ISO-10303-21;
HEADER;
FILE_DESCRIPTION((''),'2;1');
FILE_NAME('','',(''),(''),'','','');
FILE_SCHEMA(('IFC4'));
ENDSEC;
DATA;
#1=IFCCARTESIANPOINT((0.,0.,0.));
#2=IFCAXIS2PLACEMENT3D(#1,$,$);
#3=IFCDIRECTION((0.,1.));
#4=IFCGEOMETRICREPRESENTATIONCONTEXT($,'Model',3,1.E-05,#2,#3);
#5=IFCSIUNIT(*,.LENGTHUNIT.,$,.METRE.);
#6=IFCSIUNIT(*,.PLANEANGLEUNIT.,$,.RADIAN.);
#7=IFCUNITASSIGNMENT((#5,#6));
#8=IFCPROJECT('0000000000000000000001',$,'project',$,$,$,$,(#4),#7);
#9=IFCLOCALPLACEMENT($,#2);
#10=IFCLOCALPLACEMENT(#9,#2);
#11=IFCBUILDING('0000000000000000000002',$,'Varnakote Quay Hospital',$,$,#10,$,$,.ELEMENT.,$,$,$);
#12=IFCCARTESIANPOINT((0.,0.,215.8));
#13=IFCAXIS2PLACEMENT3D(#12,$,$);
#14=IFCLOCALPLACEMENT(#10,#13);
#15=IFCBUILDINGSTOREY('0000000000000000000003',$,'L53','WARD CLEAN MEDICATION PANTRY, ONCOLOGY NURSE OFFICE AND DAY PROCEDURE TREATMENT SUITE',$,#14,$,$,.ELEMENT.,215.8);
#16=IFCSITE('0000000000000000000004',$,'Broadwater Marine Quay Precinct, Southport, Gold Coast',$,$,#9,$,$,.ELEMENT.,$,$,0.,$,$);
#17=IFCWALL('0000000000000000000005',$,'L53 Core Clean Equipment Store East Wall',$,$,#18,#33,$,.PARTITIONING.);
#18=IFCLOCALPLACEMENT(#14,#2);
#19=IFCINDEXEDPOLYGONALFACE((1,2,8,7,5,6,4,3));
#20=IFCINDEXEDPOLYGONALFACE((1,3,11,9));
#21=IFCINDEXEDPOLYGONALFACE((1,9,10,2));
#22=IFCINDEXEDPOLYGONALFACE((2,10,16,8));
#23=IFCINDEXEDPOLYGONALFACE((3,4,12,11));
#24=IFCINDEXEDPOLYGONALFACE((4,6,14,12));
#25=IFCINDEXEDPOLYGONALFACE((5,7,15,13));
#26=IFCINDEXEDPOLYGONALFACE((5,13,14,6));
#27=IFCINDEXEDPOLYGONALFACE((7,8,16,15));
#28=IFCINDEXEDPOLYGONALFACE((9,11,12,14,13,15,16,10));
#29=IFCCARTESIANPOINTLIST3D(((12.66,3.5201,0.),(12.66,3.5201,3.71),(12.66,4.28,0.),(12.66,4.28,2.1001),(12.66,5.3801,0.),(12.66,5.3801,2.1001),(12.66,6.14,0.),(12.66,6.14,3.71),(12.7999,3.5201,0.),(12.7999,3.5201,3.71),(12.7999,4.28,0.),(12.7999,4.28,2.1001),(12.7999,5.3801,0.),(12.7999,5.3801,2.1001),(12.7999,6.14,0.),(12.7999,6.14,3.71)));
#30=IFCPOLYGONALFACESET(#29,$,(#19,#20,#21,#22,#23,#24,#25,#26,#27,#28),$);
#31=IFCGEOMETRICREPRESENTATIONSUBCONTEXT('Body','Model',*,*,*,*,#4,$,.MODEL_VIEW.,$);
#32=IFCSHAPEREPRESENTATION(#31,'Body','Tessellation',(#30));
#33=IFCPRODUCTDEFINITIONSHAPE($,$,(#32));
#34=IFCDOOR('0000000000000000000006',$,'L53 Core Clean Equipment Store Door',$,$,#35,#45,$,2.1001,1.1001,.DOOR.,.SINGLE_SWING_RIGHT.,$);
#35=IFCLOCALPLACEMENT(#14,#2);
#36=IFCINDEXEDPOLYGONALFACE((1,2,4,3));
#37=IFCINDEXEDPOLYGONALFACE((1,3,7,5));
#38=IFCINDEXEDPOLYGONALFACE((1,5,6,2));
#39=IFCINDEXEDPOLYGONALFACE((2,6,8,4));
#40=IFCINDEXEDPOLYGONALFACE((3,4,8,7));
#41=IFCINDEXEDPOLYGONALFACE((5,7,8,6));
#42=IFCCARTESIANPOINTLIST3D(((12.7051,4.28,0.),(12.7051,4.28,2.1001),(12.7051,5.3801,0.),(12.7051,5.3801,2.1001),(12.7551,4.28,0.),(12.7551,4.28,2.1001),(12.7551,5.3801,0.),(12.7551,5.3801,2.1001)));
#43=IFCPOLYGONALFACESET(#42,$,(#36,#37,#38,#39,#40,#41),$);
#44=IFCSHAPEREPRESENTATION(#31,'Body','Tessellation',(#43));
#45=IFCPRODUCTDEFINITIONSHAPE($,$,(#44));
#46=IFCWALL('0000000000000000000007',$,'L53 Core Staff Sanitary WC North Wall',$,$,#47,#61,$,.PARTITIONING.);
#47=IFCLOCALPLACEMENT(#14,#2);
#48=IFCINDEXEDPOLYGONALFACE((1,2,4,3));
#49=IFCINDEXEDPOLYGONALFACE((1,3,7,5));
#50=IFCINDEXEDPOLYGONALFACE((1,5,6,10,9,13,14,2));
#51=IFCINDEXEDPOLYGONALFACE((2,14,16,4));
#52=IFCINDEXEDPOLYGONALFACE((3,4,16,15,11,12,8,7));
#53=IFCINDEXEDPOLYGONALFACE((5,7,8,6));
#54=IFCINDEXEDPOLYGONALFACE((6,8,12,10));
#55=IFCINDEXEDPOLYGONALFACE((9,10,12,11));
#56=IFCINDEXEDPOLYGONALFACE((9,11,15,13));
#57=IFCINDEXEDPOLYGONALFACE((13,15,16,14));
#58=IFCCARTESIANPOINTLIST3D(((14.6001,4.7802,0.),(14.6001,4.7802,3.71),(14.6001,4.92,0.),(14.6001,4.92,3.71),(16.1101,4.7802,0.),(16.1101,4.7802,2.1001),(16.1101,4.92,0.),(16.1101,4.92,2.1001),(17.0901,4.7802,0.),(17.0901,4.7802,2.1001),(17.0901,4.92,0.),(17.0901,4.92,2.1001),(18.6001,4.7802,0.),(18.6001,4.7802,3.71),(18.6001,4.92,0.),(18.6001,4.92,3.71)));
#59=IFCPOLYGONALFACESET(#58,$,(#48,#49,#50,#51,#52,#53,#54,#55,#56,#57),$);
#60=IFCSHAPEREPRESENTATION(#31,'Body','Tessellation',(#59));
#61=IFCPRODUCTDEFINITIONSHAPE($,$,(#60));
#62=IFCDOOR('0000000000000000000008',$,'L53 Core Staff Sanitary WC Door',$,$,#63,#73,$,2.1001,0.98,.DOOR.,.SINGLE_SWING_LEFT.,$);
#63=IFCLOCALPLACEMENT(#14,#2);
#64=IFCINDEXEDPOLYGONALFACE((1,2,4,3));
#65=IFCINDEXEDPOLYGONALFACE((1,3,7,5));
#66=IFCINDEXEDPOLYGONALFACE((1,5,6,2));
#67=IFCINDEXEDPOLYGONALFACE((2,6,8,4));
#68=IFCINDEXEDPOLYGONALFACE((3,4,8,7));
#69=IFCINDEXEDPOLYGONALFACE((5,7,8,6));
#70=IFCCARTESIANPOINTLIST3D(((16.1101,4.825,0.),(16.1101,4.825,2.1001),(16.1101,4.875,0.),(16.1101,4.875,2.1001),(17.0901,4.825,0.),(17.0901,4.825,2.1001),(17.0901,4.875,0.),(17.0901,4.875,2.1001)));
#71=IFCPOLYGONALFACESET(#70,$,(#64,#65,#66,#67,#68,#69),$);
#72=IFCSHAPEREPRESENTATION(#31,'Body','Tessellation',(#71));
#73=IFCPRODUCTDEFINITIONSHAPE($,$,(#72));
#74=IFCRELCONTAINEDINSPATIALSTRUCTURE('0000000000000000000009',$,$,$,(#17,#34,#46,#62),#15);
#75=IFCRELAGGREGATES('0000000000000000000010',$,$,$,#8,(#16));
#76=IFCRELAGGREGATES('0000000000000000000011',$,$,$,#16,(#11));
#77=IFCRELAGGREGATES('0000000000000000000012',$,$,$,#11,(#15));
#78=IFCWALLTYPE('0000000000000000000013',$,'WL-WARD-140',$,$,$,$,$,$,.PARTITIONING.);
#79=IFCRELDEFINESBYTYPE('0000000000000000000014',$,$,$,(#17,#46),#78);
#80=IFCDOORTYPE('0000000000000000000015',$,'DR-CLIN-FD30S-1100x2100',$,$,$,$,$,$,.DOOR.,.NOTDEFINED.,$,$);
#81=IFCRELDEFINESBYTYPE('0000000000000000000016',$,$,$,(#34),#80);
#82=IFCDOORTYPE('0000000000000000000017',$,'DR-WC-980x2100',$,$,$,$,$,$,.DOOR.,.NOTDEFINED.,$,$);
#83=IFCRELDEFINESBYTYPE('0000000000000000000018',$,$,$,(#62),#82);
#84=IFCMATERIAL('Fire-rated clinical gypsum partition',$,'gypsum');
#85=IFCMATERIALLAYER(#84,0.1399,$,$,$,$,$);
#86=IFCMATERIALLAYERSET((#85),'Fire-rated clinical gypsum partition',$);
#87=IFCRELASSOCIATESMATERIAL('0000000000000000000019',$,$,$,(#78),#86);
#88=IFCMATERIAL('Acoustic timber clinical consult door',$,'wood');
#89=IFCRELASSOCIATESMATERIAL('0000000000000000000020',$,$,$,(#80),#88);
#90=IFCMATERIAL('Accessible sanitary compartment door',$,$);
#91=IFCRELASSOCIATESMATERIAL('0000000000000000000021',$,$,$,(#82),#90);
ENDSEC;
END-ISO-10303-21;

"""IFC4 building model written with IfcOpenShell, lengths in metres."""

from ifc_helpers import new_model, si_unit, direction, frame, frame_2d, origin, place, context, subcontext, project, spatial, rectangle, extrude, material, layer, layer_set, type_object, element, fill, save


model = new_model("IFC4")

# Units and contexts
model_context = context("Model", 3, precision=1e-05, world=origin(), true_north=direction((0.0, 1.0)))
body_context = subcontext(model_context, "Body", "Model", "MODEL_VIEW")
ifc_project = project(units=[si_unit("LENGTHUNIT", "METRE"), si_unit("PLANEANGLEUNIT", "RADIAN")], contexts=[model_context])

# Site, building, storey
site_placement = place(None, origin())
site = spatial("IfcSite", under=ifc_project, at=site_placement, Name="Broadwater Marine Quay Precinct, Southport, Gold Coast", CompositionType="ELEMENT", RefElevation=0.0)
building_placement = place(site_placement, origin())
building = spatial("IfcBuilding", under=site, at=building_placement, Name="Varnakote Quay Hospital", CompositionType="ELEMENT")
storey_placement = place(building_placement, frame((0.0, 0.0, 215.8)))
storey = spatial("IfcBuildingStorey", under=building, at=storey_placement, Name="L53", Description="WARD CLEAN MEDICATION PANTRY, ONCOLOGY NURSE OFFICE AND DAY PROCEDURE TREATMENT SUITE", CompositionType="ELEMENT", Elevation=215.8)

# Walls, openings, doors
ifc_material_1 = material(Name="Fire-rated clinical gypsum partition", Category="gypsum")
ifc_layer_1 = layer(ifc_material_1, 0.1399)
ifc_layer_set_1 = layer_set([ifc_layer_1], Name="Fire-rated clinical gypsum partition")
wall_type_1 = type_object("IfcWallType", Name="WL-WARD-140", PredefinedType="PARTITIONING", material=ifc_layer_set_1)
wall_1_placement = place(storey_placement, frame((12.73, 3.52, 0.0), z_axis=(0.0, 0.0, 1.0), x_axis=(0.0, 1.0, 0.0)))
wall_1 = element("IfcWall", 1, at=wall_1_placement, inside=storey, type_object=wall_type_1, Name="L53 Core Clean Equipment Store East Wall", PredefinedType="PARTITIONING", context=body_context, shape_type="SweptSolid", body=[
    extrude(rectangle(XDim=2.6199, YDim=0.1399, at=frame_2d((1.3101, 0.0))), origin(), (0.0, 0.0, 1.0), 3.71),
])
opening_1_placement = place(wall_1_placement, frame((0.76, 0.0, 0.0)))
opening_1 = element("IfcOpeningElement", 2, at=opening_1_placement, cuts=wall_1, PredefinedType="OPENING", context=body_context, shape_type="SweptSolid", body=[
    extrude(rectangle(XDim=1.1001, YDim=2.1001, at=frame_2d((0.55, 1.05))), frame((0.0, 0.0798, 0.0), z_axis=(0.0, -1.0, 0.0), x_axis=(1.0, 0.0, 0.0)), (0.0, 0.0, 1.0), 0.1599),
])
ifc_material_2 = material(Name="Acoustic timber clinical consult door", Category="wood")
door_type_1 = type_object("IfcDoorType", Name="DR-CLIN-FD30S-1100x2100", OperationType="NOTDEFINED", PredefinedType="DOOR", material=ifc_material_2)
door_1_placement = place(opening_1_placement, origin())
door_1 = element("IfcDoor", 3, at=door_1_placement, inside=storey, type_object=door_type_1, Name="L53 Core Clean Equipment Store Door", OperationType="SINGLE_SWING_RIGHT", OverallHeight=2.1001, OverallWidth=1.1001, PredefinedType="DOOR", context=body_context, shape_type="SweptSolid", body=[
    extrude(rectangle(XDim=1.1001, YDim=2.1001, at=frame_2d((0.55, 1.05))), frame((0.0, 0.0249, 0.0), z_axis=(0.0, -1.0, 0.0), x_axis=(1.0, 0.0, 0.0)), (0.0, 0.0, 1.0), 0.05),
])
fill(opening_1, door_1)
wall_2_placement = place(storey_placement, frame((14.6001, 4.8501, 0.0), z_axis=(0.0, 0.0, 1.0), x_axis=(1.0, 0.0, 0.0)))
wall_2 = element("IfcWall", 4, at=wall_2_placement, inside=storey, type_object=wall_type_1, Name="L53 Core Staff Sanitary WC North Wall", PredefinedType="PARTITIONING", context=body_context, shape_type="SweptSolid", body=[
    extrude(rectangle(XDim=4.0, YDim=0.1399, at=frame_2d((2.0, 0.0))), origin(), (0.0, 0.0, 1.0), 3.71),
])
opening_2_placement = place(wall_2_placement, frame((1.51, 0.0, 0.0)))
opening_2 = element("IfcOpeningElement", 5, at=opening_2_placement, cuts=wall_2, PredefinedType="OPENING", context=body_context, shape_type="SweptSolid", body=[
    extrude(rectangle(XDim=0.98, YDim=2.1001, at=frame_2d((0.49, 1.05))), frame((0.0, 0.0798, 0.0), z_axis=(0.0, -1.0, 0.0), x_axis=(1.0, 0.0, 0.0)), (0.0, 0.0, 1.0), 0.1599),
])
ifc_material_3 = material(Name="Accessible sanitary compartment door")
door_type_2 = type_object("IfcDoorType", Name="DR-WC-980x2100", OperationType="NOTDEFINED", PredefinedType="DOOR", material=ifc_material_3)
door_2_placement = place(opening_2_placement, origin())
door_2 = element("IfcDoor", 6, at=door_2_placement, inside=storey, type_object=door_type_2, Name="L53 Core Staff Sanitary WC Door", OperationType="SINGLE_SWING_LEFT", OverallHeight=2.1001, OverallWidth=0.98, PredefinedType="DOOR", context=body_context, shape_type="SweptSolid", body=[
    extrude(rectangle(XDim=0.98, YDim=2.1001, at=frame_2d((0.49, 1.05))), frame((0.0, 0.0249, 0.0), z_axis=(0.0, -1.0, 0.0), x_axis=(1.0, 0.0, 0.0)), (0.0, 0.0, 1.0), 0.05),
])
fill(opening_2, door_2)

save(model, "model.ifc")
